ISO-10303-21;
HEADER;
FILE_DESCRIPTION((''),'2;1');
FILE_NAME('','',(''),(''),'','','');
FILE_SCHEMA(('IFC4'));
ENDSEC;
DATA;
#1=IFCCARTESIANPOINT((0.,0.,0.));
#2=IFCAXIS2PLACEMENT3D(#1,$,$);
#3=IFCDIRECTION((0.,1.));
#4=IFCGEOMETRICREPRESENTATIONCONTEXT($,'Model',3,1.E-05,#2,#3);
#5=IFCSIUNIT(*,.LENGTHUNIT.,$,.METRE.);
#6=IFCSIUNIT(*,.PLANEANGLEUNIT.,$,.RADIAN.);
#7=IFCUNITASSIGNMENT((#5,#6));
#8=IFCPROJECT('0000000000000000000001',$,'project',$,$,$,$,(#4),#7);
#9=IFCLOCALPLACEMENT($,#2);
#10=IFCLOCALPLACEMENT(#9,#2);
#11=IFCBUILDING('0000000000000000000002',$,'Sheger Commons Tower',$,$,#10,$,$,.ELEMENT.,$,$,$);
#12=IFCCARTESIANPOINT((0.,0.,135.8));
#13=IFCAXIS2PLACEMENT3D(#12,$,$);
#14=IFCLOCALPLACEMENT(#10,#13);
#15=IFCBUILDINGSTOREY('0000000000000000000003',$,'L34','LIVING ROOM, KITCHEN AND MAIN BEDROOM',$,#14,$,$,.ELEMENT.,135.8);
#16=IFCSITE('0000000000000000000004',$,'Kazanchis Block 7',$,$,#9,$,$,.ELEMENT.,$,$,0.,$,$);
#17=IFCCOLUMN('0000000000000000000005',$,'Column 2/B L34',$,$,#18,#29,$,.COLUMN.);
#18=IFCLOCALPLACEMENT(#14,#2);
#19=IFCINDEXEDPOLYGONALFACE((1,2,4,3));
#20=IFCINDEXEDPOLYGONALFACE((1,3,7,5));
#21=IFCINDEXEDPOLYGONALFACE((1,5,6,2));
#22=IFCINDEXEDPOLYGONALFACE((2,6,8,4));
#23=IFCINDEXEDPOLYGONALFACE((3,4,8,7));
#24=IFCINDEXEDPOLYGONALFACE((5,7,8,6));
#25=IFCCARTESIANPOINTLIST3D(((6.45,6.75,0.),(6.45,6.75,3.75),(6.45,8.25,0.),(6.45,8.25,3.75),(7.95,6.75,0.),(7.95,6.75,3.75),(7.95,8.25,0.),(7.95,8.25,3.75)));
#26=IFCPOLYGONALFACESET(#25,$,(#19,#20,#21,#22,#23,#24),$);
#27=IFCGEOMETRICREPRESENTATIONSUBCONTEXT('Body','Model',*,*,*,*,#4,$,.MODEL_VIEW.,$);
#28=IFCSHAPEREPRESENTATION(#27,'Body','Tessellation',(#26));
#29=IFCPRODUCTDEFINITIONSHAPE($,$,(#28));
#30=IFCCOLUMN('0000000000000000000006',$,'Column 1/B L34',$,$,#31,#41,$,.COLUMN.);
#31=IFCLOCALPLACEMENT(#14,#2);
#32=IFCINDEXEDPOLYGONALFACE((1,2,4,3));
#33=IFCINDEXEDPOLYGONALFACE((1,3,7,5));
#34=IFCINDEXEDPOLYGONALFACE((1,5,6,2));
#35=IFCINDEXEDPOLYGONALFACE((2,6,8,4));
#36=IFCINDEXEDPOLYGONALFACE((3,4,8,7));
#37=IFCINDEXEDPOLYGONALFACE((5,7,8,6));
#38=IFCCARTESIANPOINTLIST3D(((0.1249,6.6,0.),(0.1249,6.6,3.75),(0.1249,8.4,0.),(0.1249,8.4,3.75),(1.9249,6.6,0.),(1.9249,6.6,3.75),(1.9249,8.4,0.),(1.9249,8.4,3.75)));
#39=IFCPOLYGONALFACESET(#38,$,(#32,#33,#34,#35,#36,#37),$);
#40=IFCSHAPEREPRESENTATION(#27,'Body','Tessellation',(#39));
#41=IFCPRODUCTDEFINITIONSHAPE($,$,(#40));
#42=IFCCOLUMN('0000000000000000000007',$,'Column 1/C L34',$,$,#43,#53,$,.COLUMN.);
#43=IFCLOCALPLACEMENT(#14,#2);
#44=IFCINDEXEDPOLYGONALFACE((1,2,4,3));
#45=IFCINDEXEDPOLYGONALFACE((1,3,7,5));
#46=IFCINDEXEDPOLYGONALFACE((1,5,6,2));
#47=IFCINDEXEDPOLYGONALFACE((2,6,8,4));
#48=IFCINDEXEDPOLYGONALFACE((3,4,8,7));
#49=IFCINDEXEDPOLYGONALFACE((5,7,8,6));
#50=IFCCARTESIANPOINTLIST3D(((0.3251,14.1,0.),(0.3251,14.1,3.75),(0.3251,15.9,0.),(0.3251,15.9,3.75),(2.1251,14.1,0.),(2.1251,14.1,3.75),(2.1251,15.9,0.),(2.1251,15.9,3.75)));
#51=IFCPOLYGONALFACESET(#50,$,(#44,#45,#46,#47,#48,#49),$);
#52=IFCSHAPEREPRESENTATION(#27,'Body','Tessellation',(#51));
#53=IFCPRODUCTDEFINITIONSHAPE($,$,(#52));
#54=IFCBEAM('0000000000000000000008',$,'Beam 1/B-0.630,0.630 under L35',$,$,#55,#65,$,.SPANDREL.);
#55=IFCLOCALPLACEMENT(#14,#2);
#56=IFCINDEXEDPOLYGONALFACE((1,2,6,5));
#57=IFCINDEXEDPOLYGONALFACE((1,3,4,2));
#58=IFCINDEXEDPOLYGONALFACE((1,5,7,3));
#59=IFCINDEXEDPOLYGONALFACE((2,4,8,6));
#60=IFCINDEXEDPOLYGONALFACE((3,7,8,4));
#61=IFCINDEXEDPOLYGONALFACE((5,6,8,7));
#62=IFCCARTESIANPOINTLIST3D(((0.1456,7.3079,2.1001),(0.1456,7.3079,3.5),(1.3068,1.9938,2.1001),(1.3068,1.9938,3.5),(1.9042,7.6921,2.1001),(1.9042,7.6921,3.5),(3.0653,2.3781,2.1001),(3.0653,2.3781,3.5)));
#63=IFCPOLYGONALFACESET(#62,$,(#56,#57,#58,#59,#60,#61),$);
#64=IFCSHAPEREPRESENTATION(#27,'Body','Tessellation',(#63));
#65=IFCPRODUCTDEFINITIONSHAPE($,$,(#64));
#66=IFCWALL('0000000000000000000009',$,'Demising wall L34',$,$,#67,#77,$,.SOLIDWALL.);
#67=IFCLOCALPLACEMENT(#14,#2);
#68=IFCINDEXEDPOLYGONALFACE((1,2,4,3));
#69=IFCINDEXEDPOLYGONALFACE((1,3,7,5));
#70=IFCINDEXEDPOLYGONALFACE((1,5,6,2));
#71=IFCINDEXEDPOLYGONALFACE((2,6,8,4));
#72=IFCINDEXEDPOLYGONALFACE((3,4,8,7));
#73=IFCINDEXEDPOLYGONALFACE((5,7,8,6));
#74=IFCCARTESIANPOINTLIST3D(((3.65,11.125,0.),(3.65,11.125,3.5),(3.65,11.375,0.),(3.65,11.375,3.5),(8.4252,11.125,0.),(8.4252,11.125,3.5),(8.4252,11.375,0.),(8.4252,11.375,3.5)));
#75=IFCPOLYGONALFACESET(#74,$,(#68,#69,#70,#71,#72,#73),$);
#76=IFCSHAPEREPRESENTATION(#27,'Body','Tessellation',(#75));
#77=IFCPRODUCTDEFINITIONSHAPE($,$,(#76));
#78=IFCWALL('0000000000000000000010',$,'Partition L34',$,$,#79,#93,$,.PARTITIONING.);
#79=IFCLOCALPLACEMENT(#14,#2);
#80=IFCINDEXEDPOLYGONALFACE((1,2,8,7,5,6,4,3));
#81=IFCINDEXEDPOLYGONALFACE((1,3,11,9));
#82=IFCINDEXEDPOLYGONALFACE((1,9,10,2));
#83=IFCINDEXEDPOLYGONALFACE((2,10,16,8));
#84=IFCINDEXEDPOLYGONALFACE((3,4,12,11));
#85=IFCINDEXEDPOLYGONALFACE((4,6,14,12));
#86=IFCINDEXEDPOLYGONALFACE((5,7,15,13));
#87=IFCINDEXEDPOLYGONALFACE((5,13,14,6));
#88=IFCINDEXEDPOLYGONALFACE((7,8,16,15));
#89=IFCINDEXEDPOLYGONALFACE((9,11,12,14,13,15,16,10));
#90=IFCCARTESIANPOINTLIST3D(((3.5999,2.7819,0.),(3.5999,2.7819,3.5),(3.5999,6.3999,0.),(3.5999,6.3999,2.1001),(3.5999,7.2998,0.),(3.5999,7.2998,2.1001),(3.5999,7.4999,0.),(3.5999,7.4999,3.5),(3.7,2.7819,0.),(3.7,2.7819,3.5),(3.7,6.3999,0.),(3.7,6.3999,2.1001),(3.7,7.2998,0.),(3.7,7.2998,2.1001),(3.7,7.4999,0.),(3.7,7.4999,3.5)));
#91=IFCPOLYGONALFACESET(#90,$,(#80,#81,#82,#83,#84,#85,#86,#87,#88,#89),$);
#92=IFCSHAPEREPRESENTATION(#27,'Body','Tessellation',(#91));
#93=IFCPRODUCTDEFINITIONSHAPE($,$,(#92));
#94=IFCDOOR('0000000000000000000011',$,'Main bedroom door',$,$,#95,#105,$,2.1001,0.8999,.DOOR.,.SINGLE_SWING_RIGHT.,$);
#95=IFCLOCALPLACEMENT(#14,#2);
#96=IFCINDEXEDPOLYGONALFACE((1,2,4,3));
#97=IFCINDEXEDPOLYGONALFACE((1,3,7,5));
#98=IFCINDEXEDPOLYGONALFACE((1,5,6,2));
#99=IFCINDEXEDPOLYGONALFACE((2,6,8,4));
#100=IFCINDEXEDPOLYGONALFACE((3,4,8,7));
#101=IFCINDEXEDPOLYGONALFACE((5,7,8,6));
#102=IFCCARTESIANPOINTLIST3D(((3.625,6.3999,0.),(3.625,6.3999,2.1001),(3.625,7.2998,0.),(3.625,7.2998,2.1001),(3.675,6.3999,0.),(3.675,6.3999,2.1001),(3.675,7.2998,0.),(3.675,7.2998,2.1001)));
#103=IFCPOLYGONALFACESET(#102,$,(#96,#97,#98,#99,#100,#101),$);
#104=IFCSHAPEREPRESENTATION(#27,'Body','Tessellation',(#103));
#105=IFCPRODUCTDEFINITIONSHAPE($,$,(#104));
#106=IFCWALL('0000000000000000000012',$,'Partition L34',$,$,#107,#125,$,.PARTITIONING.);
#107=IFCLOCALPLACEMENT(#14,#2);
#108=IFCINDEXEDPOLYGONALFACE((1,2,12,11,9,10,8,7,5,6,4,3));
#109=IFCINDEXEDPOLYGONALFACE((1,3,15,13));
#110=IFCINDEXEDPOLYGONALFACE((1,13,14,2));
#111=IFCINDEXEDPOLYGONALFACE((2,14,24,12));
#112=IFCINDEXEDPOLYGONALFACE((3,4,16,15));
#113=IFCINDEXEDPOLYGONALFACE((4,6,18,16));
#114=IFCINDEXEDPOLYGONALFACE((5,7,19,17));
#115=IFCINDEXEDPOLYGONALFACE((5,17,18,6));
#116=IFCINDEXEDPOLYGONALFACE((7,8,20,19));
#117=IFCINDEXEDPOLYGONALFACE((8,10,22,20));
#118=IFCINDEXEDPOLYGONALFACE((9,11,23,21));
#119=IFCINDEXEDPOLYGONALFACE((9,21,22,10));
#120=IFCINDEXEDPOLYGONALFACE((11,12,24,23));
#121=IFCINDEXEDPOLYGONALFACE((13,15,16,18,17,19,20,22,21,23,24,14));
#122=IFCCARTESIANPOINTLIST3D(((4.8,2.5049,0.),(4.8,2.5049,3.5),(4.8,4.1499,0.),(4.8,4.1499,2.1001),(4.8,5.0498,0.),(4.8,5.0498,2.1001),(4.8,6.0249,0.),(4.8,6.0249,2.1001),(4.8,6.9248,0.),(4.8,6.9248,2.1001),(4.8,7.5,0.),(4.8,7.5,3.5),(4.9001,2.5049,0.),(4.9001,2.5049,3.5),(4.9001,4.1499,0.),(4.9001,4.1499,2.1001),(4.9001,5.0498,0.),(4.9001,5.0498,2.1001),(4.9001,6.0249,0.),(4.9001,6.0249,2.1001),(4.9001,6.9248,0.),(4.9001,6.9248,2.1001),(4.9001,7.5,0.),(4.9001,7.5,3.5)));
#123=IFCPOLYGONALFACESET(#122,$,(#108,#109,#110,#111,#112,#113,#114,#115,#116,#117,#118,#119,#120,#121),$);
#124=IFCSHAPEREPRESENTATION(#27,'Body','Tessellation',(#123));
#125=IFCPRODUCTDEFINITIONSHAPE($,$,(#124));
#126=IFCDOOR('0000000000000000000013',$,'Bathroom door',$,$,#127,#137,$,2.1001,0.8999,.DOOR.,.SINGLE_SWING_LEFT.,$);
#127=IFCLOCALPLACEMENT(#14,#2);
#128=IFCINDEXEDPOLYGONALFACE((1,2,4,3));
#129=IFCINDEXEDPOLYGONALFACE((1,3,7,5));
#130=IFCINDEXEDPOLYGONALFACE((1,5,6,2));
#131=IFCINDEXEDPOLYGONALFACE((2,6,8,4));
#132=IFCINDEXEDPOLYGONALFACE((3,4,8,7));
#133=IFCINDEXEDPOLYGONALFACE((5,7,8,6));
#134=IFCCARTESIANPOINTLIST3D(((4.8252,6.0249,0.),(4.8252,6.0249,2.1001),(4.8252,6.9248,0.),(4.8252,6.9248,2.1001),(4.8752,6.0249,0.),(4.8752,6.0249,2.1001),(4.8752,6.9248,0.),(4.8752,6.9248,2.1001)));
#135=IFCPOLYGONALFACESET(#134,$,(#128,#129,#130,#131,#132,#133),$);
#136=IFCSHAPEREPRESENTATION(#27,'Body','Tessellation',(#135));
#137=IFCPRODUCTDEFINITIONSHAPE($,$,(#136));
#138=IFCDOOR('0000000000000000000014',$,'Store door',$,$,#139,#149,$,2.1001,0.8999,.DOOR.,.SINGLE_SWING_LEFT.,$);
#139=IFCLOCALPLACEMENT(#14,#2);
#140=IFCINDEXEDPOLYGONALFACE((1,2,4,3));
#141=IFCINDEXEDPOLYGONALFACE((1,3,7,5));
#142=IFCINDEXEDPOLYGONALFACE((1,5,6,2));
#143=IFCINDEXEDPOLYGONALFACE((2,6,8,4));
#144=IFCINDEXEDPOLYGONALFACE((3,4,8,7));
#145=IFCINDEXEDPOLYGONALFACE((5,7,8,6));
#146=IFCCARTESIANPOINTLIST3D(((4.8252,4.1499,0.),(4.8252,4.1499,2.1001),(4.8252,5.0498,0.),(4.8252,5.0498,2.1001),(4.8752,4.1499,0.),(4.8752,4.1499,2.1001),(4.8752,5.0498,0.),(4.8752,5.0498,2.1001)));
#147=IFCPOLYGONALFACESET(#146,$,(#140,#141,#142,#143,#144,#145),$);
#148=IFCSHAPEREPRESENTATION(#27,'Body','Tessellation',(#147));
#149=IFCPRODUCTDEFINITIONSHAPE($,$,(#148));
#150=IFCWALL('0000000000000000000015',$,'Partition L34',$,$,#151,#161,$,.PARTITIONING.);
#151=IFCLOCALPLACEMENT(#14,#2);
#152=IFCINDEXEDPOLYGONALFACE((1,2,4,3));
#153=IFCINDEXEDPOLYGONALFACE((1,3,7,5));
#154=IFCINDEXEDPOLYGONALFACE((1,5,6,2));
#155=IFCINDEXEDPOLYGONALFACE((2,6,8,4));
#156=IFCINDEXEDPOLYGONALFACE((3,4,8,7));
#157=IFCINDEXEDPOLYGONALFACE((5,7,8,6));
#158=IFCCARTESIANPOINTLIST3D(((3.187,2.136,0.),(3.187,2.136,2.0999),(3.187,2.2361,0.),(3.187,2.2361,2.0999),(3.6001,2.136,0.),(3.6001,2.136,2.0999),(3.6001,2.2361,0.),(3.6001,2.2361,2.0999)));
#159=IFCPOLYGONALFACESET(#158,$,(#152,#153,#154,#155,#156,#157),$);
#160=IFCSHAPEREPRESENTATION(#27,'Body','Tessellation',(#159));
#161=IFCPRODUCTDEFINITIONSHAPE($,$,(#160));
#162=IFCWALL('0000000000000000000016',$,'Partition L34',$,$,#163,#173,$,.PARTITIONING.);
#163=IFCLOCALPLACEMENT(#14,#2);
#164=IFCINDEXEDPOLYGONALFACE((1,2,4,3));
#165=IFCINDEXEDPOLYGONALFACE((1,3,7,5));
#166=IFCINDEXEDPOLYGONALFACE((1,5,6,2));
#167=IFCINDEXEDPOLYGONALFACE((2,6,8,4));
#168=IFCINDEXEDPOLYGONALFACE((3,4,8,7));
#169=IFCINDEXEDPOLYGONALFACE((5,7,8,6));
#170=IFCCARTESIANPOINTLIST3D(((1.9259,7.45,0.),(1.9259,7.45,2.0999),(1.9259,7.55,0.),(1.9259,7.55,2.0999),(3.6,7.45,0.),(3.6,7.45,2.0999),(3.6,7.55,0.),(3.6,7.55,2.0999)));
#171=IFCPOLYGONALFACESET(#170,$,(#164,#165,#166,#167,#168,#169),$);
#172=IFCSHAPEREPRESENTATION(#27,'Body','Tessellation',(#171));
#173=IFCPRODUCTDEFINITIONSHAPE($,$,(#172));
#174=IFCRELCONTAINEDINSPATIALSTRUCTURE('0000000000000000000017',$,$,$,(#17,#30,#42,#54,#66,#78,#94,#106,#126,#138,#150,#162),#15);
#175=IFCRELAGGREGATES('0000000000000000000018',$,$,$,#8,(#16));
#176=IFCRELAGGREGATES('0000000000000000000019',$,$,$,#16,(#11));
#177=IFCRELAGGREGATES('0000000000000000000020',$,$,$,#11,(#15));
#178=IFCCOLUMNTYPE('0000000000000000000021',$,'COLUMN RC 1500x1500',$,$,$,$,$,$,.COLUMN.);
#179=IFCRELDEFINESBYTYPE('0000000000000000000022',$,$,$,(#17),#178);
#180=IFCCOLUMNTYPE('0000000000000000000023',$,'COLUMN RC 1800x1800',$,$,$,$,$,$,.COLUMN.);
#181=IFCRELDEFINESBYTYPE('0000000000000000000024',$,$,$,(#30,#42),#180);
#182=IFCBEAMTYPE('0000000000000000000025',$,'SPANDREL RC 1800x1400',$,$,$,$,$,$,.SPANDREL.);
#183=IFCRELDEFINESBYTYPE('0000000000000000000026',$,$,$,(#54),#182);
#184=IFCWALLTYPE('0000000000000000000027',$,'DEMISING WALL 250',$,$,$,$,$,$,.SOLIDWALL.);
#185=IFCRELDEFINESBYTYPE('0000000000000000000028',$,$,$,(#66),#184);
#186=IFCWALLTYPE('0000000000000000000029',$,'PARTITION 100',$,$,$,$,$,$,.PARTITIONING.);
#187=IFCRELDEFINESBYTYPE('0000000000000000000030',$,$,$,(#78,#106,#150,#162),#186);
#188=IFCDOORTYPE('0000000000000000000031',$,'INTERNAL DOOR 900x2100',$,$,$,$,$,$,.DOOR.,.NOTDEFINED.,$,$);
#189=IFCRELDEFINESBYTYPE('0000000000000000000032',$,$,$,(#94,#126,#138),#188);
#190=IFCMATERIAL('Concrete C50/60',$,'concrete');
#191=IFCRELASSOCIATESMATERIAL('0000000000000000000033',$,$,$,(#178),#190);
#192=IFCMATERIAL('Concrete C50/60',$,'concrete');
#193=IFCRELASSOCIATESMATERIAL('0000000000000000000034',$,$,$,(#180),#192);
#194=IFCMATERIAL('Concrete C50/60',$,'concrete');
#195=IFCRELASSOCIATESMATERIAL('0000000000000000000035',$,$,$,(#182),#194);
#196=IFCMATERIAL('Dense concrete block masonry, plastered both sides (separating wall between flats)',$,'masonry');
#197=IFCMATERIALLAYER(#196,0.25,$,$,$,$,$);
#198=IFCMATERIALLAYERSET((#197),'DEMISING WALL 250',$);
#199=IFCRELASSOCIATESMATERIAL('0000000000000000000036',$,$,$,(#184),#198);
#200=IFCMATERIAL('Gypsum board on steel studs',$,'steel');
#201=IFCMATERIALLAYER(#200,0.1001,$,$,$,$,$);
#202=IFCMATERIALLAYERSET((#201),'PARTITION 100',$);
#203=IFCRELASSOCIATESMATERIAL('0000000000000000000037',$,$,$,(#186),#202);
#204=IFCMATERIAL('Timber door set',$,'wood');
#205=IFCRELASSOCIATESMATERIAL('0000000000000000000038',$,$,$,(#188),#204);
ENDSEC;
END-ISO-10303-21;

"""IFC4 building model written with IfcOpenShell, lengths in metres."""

from ifc_helpers import new_model, si_unit, direction, frame, frame_2d, origin, origin_2d, place, context, subcontext, project, spatial, rectangle, extrude, material, layer, layer_set, material_profile, profile_set, type_object, element, fill, save


model = new_model("IFC4")

# Units and contexts
model_context = context("Model", 3, precision=1e-05, world=origin(), true_north=direction((0.0, 1.0)))
body_context = subcontext(model_context, "Body", "Model", "MODEL_VIEW")
ifc_project = project(units=[si_unit("LENGTHUNIT", "METRE"), si_unit("PLANEANGLEUNIT", "RADIAN")], contexts=[model_context])

# Site, building, storey
site_placement = place(None, origin())
site = spatial("IfcSite", under=ifc_project, at=site_placement, Name="Kazanchis Block 7", CompositionType="ELEMENT", RefElevation=0.0)
building_placement = place(site_placement, origin())
building = spatial("IfcBuilding", under=site, at=building_placement, Name="Sheger Commons Tower", CompositionType="ELEMENT")
storey_placement = place(building_placement, frame((0.0, 0.0, 135.8)))
storey = spatial("IfcBuildingStorey", under=building, at=storey_placement, Name="L34", Description="LIVING ROOM, KITCHEN AND MAIN BEDROOM", CompositionType="ELEMENT", Elevation=135.8)

# Columns
ifc_material_1 = material(Name="Concrete C50/60", Category="concrete")
ifc_material_profile_1 = material_profile(ifc_material_1, rectangle(XDim=1.5, YDim=1.5, at=origin_2d()), Name="RC 1500x1500")
ifc_profile_set_1 = profile_set([ifc_material_profile_1], Name="Concrete C50/60")
column_type_1 = type_object("IfcColumnType", Name="COLUMN RC 1500x1500", PredefinedType="COLUMN", material=ifc_profile_set_1)
column_placement = place(storey_placement, frame((7.2, 7.5, 0.0), z_axis=(0.0, 0.0, 1.0), x_axis=(1.0, 0.0, 0.0)))
element("IfcColumn", 1, at=column_placement, inside=storey, type_object=column_type_1, Name="Column 2/B L34", PredefinedType="COLUMN", context=body_context, shape_type="SweptSolid", body=[
    extrude(rectangle(XDim=1.5, YDim=1.5, at=origin_2d()), origin(), (0.0, 0.0, 1.0), 3.75),
])
ifc_material_2 = material(Name="Concrete C50/60", Category="concrete")
ifc_material_profile_2 = material_profile(ifc_material_2, rectangle(XDim=1.8, YDim=1.8, at=origin_2d()), Name="RC 1800x1800")
ifc_profile_set_2 = profile_set([ifc_material_profile_2], Name="Concrete C50/60")
column_type_2 = type_object("IfcColumnType", Name="COLUMN RC 1800x1800", PredefinedType="COLUMN", material=ifc_profile_set_2)
for number, where, z_axis, x_axis, name in (
    (2, (1.0249, 7.5, 0.0), (0.0, 0.0, 1.0), (1.0, 0.0, 0.0), "Column 1/B L34"),
    (3, (1.2251, 15.0, 0.0), (0.0, 0.0, 1.0), (1.0, 0.0, 0.0), "Column 1/C L34"),
):
    element("IfcColumn", number, at=place(storey_placement, frame(where, z_axis=z_axis, x_axis=x_axis)), inside=storey, type_object=column_type_2, Name=name, PredefinedType="COLUMN", context=body_context, shape_type="SweptSolid", body=[
        extrude(rectangle(XDim=1.8, YDim=1.8, at=origin_2d()), origin(), (0.0, 0.0, 1.0), 3.75),
    ])

# Beam
ifc_material_3 = material(Name="Concrete C50/60", Category="concrete")
ifc_material_profile_3 = material_profile(ifc_material_3, rectangle(XDim=1.8, YDim=1.3999, at=origin_2d()), Name="RC 1800x1400")
ifc_profile_set_3 = profile_set([ifc_material_profile_3], Name="Concrete C50/60")
beam_type = type_object("IfcBeamType", Name="SPANDREL RC 1800x1400", PredefinedType="SPANDREL", material=ifc_profile_set_3)
beam_placement = place(storey_placement, frame((1.0249, 7.5, 2.8), z_axis=(0.213469, -0.97695, 0.0), x_axis=(0.97695, 0.213469, 0.0)))
element("IfcBeam", 4, at=beam_placement, inside=storey, type_object=beam_type, Name="Beam 1/B-0.630,0.630 under L35", PredefinedType="SPANDREL", context=body_context, shape_type="SweptSolid", body=[
    extrude(rectangle(XDim=1.8, YDim=1.3999, at=origin_2d()), origin(), (0.0, 0.0, 1.0), 5.4395),
])

# Wall
ifc_material_4 = material(Name="Dense concrete block masonry, plastered both sides (separating wall between flats)", Category="masonry")
ifc_layer_1 = layer(ifc_material_4, 0.25)
ifc_layer_set_1 = layer_set([ifc_layer_1], Name="DEMISING WALL 250")
wall_type_1 = type_object("IfcWallType", Name="DEMISING WALL 250", PredefinedType="SOLIDWALL", material=ifc_layer_set_1)
wall_1_placement = place(storey_placement, frame((3.6499, 11.25, 0.0), z_axis=(0.0, 0.0, 1.0), x_axis=(1.0, 0.0, 0.0)))
element("IfcWall", 5, at=wall_1_placement, inside=storey, type_object=wall_type_1, Name="Demising wall L34", PredefinedType="SOLIDWALL", context=body_context, shape_type="SweptSolid", body=[
    extrude(rectangle(XDim=4.7751, YDim=0.25, at=frame_2d((2.3877, 0.0))), origin(), (0.0, 0.0, 1.0), 3.5),
])

# Wall, opening, door
ifc_material_5 = material(Name="Gypsum board on steel studs", Category="steel")
ifc_layer_2 = layer(ifc_material_5, 0.1001)
ifc_layer_set_2 = layer_set([ifc_layer_2], Name="PARTITION 100")
wall_type_2 = type_object("IfcWallType", Name="PARTITION 100", PredefinedType="PARTITIONING", material=ifc_layer_set_2)
wall_2_placement = place(storey_placement, frame((3.6499, 2.782, 0.0), z_axis=(0.0, 0.0, 1.0), x_axis=(0.0, 1.0, 0.0)))
wall_2 = element("IfcWall", 6, at=wall_2_placement, inside=storey, type_object=wall_type_2, Name="Partition L34", PredefinedType="PARTITIONING", context=body_context, shape_type="SweptSolid", body=[
    extrude(rectangle(XDim=4.718, YDim=0.1001, at=frame_2d((2.3589, 0.0))), origin(), (0.0, 0.0, 1.0), 3.5),
])
opening_1_placement = place(wall_2_placement, frame((3.6179, 0.0, 0.0)))
opening_1 = element("IfcOpeningElement", 7, at=opening_1_placement, cuts=wall_2, PredefinedType="OPENING", context=body_context, shape_type="SweptSolid", body=[
    extrude(rectangle(XDim=0.8999, YDim=2.1001, at=frame_2d((0.45, 1.05))), frame((0.0, 0.0601, 0.0), z_axis=(0.0, -1.0, 0.0), x_axis=(1.0, 0.0, 0.0)), (0.0, 0.0, 1.0), 0.1201),
])
ifc_material_6 = material(Name="Timber door set", Category="wood")
door_type = type_object("IfcDoorType", Name="INTERNAL DOOR 900x2100", OperationType="NOTDEFINED", PredefinedType="DOOR", material=ifc_material_6)
door_1_placement = place(opening_1_placement, origin())
door_1 = element("IfcDoor", 8, at=door_1_placement, inside=storey, type_object=door_type, Name="Main bedroom door", OperationType="SINGLE_SWING_RIGHT", OverallHeight=2.1001, OverallWidth=0.8999, PredefinedType="DOOR", context=body_context, shape_type="SweptSolid", body=[
    extrude(rectangle(XDim=0.8999, YDim=2.1001, at=frame_2d((0.45, 1.05))), frame((0.0, 0.0249, 0.0), z_axis=(0.0, -1.0, 0.0), x_axis=(1.0, 0.0, 0.0)), (0.0, 0.0, 1.0), 0.05),
])
fill(opening_1, door_1)

# Wall, openings, doors
wall_3_placement = place(storey_placement, frame((4.8501, 2.5049, 0.0), z_axis=(0.0, 0.0, 1.0), x_axis=(0.0, 1.0, 0.0)))
wall_3 = element("IfcWall", 9, at=wall_3_placement, inside=storey, type_object=wall_type_2, Name="Partition L34", PredefinedType="PARTITIONING", context=body_context, shape_type="SweptSolid", body=[
    extrude(rectangle(XDim=4.9951, YDim=0.1001, at=frame_2d((2.4976, 0.0))), origin(), (0.0, 0.0, 1.0), 3.5),
])
opening_2_placement = place(wall_3_placement, frame((3.52, 0.0, 0.0)))
opening_2 = element("IfcOpeningElement", 10, at=opening_2_placement, cuts=wall_3, PredefinedType="OPENING", context=body_context, shape_type="SweptSolid", body=[
    extrude(rectangle(XDim=0.8999, YDim=2.1001, at=frame_2d((0.45, 1.05))), frame((0.0, 0.0601, 0.0), z_axis=(0.0, -1.0, 0.0), x_axis=(1.0, 0.0, 0.0)), (0.0, 0.0, 1.0), 0.1201),
])
opening_3_placement = place(wall_3_placement, frame((1.645, 0.0, 0.0)))
opening_3 = element("IfcOpeningElement", 11, at=opening_3_placement, cuts=wall_3, PredefinedType="OPENING", context=body_context, shape_type="SweptSolid", body=[
    extrude(rectangle(XDim=0.8999, YDim=2.1001, at=frame_2d((0.45, 1.05))), frame((0.0, 0.0601, 0.0), z_axis=(0.0, -1.0, 0.0), x_axis=(1.0, 0.0, 0.0)), (0.0, 0.0, 1.0), 0.1201),
])
door_2_placement = place(opening_2_placement, origin())
door_2 = element("IfcDoor", 12, at=door_2_placement, inside=storey, type_object=door_type, Name="Bathroom door", OperationType="SINGLE_SWING_LEFT", OverallHeight=2.1001, OverallWidth=0.8999, PredefinedType="DOOR", context=body_context, shape_type="SweptSolid", body=[
    extrude(rectangle(XDim=0.8999, YDim=2.1001, at=frame_2d((0.45, 1.05))), frame((0.0, 0.0249, 0.0), z_axis=(0.0, -1.0, 0.0), x_axis=(1.0, 0.0, 0.0)), (0.0, 0.0, 1.0), 0.05),
])
fill(opening_2, door_2)
door_3_placement = place(opening_3_placement, origin())
door_3 = element("IfcDoor", 13, at=door_3_placement, inside=storey, type_object=door_type, Name="Store door", OperationType="SINGLE_SWING_LEFT", OverallHeight=2.1001, OverallWidth=0.8999, PredefinedType="DOOR", context=body_context, shape_type="SweptSolid", body=[
    extrude(rectangle(XDim=0.8999, YDim=2.1001, at=frame_2d((0.45, 1.05))), frame((0.0, 0.0249, 0.0), z_axis=(0.0, -1.0, 0.0), x_axis=(1.0, 0.0, 0.0)), (0.0, 0.0, 1.0), 0.05),
])
fill(opening_3, door_3)

# Walls
wall_4_placement = place(storey_placement, frame((3.187, 2.186, 0.0), z_axis=(0.0, 0.0, 1.0), x_axis=(1.0, 0.0, 0.0)))
element("IfcWall", 14, at=wall_4_placement, inside=storey, type_object=wall_type_2, Name="Partition L34", PredefinedType="PARTITIONING", context=body_context, shape_type="SweptSolid", body=[
    extrude(rectangle(XDim=0.4131, YDim=0.1001, at=frame_2d((0.2065, 0.0))), origin(), (0.0, 0.0, 1.0), 2.0999),
])
wall_5_placement = place(storey_placement, frame((1.926, 7.5, 0.0), z_axis=(0.0, 0.0, 1.0), x_axis=(1.0, 0.0, 0.0)))
element("IfcWall", 15, at=wall_5_placement, inside=storey, type_object=wall_type_2, Name="Partition L34", PredefinedType="PARTITIONING", context=body_context, shape_type="SweptSolid", body=[
    extrude(rectangle(XDim=1.6741, YDim=0.1001, at=frame_2d((0.8369, 0.0))), origin(), (0.0, 0.0, 1.0), 2.0999),
])

save(model, "model.ifc")
